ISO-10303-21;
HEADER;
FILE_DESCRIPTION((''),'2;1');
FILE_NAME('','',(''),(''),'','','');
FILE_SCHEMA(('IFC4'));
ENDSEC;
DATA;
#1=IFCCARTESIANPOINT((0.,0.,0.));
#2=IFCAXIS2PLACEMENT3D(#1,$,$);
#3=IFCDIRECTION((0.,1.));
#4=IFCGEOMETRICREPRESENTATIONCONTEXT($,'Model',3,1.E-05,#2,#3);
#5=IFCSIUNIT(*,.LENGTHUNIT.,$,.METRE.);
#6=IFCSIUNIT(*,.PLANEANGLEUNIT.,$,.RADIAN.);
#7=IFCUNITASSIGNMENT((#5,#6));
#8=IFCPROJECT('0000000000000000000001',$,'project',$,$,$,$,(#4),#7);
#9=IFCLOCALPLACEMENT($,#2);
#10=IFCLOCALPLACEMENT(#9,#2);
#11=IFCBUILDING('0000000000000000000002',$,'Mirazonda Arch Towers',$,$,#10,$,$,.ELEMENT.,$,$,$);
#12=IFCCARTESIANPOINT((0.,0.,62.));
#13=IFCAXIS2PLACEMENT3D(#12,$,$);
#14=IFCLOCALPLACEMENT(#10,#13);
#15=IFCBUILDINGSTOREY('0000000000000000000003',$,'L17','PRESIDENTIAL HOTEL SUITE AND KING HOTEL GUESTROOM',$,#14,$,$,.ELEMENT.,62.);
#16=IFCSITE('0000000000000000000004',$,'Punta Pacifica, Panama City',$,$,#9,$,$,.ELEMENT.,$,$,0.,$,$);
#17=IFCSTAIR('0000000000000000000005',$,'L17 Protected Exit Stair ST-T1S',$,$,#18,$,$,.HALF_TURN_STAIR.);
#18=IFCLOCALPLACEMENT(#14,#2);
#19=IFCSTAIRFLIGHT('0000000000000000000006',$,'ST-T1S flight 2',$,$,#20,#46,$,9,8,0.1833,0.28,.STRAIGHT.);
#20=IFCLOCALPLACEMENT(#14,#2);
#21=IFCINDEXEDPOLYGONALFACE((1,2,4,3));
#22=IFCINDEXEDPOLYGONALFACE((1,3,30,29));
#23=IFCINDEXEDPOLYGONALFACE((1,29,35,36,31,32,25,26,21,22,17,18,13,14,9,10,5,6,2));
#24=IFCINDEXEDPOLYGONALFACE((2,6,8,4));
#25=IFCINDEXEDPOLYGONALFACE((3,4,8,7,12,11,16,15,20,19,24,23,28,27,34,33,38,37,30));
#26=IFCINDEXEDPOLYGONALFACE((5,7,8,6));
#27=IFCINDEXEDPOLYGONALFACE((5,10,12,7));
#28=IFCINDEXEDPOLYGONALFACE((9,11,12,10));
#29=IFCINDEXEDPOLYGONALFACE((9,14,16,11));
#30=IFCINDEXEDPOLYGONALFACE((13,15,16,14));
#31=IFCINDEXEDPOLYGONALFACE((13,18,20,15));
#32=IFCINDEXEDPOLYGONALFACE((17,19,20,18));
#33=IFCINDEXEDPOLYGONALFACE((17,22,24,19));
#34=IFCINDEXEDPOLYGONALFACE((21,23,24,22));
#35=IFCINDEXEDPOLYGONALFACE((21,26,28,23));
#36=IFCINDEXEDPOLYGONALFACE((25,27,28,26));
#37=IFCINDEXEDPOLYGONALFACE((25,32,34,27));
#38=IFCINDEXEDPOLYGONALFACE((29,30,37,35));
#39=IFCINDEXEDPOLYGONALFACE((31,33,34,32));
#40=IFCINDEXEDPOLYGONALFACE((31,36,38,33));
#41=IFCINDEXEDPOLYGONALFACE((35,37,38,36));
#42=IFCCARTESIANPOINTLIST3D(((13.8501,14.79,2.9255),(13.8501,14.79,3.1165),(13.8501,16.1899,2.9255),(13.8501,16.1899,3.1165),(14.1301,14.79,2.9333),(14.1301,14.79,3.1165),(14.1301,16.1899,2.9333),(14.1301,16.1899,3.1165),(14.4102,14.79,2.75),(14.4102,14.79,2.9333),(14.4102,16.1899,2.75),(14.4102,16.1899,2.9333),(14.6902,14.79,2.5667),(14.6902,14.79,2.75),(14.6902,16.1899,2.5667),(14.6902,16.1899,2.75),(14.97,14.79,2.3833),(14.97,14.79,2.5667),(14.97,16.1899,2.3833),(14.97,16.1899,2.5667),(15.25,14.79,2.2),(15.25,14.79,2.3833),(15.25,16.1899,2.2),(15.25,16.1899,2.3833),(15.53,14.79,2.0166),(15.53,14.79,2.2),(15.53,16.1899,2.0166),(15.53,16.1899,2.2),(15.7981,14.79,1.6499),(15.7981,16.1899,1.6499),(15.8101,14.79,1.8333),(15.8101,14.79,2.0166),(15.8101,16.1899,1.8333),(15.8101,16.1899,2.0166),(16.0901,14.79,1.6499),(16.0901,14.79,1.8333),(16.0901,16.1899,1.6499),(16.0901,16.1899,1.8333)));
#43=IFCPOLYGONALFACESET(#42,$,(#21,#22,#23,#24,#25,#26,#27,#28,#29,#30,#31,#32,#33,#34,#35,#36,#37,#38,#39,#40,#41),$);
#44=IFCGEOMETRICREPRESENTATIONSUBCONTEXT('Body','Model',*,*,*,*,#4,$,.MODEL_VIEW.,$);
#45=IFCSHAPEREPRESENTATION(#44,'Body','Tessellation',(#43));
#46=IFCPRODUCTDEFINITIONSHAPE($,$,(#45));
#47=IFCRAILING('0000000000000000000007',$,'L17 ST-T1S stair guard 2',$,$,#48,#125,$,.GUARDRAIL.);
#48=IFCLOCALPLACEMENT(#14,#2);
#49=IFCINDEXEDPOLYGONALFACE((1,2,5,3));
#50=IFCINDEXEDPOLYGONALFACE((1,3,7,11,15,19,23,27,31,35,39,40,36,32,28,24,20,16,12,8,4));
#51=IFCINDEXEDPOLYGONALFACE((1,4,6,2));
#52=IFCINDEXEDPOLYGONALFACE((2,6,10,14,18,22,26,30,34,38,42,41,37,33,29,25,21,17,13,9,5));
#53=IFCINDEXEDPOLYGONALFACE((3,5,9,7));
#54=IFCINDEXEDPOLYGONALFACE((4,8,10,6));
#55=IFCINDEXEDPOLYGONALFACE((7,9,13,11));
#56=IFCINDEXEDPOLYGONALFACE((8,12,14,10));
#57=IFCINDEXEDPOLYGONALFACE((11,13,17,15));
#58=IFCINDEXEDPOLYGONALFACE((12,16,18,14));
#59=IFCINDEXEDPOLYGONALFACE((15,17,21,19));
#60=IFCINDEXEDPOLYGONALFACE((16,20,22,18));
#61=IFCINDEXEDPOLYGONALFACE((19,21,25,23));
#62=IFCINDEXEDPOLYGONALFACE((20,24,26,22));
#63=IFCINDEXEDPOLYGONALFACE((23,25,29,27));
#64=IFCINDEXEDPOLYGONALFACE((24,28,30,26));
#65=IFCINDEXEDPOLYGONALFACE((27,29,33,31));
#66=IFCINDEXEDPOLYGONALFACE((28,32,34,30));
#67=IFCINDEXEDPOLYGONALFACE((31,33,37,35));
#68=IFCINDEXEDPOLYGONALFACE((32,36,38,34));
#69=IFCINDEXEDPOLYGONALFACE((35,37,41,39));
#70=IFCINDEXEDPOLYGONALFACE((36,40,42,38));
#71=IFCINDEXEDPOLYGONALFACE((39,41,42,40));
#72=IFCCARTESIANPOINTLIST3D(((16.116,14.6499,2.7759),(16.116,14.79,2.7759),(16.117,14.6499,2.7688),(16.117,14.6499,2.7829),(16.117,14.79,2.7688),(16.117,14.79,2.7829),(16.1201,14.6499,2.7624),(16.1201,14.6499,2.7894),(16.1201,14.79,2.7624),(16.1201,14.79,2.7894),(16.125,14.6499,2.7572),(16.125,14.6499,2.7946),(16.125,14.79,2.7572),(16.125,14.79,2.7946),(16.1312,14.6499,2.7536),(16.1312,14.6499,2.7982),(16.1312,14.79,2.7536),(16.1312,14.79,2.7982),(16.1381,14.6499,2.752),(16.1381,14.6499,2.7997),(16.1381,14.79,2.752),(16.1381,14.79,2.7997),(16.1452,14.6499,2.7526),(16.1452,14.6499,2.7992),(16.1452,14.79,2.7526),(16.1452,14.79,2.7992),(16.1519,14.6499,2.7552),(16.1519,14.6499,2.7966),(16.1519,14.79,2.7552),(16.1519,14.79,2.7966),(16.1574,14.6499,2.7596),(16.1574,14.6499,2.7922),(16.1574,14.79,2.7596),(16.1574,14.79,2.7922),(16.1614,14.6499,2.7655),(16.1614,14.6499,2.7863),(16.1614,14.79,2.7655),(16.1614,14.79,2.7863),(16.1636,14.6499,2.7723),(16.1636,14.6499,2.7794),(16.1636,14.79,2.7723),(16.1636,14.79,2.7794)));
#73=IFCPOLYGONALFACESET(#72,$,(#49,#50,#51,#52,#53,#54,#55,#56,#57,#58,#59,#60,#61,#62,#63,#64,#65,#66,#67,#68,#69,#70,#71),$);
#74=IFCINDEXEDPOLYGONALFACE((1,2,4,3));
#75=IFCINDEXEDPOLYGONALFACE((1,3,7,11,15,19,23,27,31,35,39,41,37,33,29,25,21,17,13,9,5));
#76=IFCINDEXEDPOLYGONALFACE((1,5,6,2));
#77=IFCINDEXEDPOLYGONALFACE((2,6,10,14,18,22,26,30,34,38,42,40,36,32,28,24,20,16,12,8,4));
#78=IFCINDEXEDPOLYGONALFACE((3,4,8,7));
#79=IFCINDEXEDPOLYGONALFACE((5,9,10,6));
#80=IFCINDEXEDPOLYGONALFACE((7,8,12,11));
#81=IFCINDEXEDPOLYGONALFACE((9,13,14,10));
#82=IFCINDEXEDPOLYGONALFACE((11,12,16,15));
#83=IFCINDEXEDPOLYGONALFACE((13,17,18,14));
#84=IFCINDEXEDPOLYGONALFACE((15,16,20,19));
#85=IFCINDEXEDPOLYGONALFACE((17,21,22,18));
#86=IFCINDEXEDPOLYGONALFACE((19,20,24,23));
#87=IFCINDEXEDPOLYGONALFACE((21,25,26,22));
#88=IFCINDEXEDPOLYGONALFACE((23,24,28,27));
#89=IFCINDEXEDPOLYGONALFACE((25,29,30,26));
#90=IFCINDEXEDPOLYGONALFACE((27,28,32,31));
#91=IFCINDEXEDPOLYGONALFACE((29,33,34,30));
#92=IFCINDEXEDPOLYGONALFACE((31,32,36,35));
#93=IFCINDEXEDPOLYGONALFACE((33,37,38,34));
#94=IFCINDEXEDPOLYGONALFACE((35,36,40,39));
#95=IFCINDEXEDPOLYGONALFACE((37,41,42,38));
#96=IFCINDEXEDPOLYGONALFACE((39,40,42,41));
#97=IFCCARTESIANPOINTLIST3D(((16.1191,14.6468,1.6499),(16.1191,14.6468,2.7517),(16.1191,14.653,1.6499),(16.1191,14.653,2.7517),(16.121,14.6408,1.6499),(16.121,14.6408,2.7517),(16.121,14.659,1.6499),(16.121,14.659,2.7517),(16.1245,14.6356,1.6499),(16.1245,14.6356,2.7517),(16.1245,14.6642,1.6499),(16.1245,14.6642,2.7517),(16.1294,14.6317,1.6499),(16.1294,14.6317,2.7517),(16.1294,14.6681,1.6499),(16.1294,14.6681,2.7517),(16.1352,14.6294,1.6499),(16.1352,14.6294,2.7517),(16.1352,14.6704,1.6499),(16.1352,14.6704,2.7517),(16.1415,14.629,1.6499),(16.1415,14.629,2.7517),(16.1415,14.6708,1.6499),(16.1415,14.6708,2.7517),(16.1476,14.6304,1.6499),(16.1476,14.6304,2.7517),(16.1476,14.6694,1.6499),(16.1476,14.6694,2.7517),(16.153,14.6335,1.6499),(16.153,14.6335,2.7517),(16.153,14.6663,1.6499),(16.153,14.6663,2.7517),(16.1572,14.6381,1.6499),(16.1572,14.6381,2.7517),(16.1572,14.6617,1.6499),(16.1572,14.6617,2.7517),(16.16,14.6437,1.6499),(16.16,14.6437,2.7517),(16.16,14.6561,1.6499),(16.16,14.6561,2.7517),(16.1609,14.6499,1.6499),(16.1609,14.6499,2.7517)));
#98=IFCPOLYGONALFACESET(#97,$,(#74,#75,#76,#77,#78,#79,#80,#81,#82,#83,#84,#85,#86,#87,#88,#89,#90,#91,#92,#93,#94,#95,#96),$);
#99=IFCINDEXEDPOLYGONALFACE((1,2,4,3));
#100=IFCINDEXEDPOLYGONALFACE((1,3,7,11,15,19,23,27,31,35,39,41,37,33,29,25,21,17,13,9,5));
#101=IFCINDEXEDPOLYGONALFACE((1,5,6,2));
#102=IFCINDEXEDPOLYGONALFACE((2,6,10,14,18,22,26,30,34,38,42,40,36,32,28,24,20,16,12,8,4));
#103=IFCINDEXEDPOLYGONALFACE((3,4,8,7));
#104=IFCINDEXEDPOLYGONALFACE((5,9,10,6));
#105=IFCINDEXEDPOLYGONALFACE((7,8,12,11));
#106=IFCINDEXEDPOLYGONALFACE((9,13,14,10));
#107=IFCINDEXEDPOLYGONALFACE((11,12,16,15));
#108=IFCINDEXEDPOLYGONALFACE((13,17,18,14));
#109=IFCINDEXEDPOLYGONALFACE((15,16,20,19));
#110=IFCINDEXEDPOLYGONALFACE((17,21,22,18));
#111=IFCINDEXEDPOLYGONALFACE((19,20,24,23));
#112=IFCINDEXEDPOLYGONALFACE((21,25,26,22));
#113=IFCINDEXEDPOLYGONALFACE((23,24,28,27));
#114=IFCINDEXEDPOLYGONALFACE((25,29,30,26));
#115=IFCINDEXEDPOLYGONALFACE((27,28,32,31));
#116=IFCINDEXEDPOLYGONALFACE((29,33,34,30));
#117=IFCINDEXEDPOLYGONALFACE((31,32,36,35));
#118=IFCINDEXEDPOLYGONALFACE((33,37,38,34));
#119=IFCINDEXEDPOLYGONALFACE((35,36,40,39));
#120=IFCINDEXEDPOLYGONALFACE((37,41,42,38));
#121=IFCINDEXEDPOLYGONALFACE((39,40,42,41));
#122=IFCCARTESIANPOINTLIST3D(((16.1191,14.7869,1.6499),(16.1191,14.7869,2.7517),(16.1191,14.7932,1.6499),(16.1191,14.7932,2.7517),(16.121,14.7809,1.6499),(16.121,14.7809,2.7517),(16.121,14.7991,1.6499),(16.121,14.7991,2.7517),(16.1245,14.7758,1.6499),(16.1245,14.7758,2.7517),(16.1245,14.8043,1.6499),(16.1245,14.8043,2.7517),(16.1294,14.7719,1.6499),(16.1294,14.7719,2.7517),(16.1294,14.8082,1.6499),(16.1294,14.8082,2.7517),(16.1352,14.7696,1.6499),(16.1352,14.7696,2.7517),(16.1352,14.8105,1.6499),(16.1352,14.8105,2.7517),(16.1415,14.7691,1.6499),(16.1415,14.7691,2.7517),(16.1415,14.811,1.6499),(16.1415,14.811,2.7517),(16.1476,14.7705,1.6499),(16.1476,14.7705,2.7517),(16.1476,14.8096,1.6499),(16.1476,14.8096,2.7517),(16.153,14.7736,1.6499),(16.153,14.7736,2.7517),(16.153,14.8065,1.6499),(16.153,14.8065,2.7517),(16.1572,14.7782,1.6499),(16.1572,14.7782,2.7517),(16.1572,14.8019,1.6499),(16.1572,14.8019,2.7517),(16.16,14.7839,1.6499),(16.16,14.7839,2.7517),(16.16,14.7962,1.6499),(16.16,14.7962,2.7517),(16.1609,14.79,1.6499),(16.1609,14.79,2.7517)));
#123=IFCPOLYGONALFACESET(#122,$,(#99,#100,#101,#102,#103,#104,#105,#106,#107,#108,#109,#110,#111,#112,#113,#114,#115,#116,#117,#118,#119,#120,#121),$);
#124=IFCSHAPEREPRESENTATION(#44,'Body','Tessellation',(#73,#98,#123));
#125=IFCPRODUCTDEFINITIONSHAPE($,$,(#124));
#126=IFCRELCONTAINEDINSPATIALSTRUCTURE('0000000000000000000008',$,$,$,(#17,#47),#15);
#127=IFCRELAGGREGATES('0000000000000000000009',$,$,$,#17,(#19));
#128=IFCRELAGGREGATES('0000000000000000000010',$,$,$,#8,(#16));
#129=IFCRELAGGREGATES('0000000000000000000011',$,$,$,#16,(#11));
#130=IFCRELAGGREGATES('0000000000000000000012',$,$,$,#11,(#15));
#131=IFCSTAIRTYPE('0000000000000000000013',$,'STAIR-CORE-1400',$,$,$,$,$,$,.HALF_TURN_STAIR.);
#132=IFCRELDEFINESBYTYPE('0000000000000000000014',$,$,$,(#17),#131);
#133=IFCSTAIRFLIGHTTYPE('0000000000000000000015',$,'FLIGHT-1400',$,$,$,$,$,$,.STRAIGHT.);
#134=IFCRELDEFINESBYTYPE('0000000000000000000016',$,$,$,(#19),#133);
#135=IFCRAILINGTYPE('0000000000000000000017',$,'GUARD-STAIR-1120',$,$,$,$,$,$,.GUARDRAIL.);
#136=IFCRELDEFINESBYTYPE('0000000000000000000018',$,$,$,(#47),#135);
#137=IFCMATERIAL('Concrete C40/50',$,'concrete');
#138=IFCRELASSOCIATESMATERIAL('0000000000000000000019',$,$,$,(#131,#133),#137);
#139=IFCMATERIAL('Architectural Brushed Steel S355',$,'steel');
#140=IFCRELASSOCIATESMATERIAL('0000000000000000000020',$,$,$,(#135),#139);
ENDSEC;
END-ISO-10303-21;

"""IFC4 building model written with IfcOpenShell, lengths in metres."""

from ifc_helpers import new_model, si_unit, direction, frame, origin, origin_2d, place, context, subcontext, project, spatial, polyline, circle, outline, extrude, material, type_object, element, aggregate, save


model = new_model("IFC4")

# Units and contexts
model_context = context("Model", 3, precision=1e-05, world=origin(), true_north=direction((0.0, 1.0)))
body_context = subcontext(model_context, "Body", "Model", "MODEL_VIEW")
ifc_project = project(units=[si_unit("LENGTHUNIT", "METRE"), si_unit("PLANEANGLEUNIT", "RADIAN")], contexts=[model_context])

# Site, building, storey
site_placement = place(None, origin())
site = spatial("IfcSite", under=ifc_project, at=site_placement, Name="Punta Pacifica, Panama City", CompositionType="ELEMENT", RefElevation=0.0)
building_placement = place(site_placement, origin())
building = spatial("IfcBuilding", under=site, at=building_placement, Name="Mirazonda Arch Towers", CompositionType="ELEMENT")
storey_placement = place(building_placement, frame((0.0, 0.0, 62.0)))
storey = spatial("IfcBuildingStorey", under=building, at=storey_placement, Name="L17", Description="PRESIDENTIAL HOTEL SUITE AND KING HOTEL GUESTROOM", CompositionType="ELEMENT", Elevation=62.0)

# Shared definitions
ifc_material_1 = material(Name="Concrete C40/50", Category="concrete")

# Stair, stair flight
stair_type = type_object("IfcStairType", Name="STAIR-CORE-1400", PredefinedType="HALF_TURN_STAIR", material=ifc_material_1)
stair_placement = place(storey_placement, origin())
stair = element("IfcStair", 1, at=stair_placement, inside=storey, type_object=stair_type, Name="L17 Protected Exit Stair ST-T1S", PredefinedType="HALF_TURN_STAIR")
stair_flight_type = type_object("IfcStairFlightType", Name="FLIGHT-1400", PredefinedType="STRAIGHT", material=ifc_material_1)
stair_flight_placement = place(storey_placement, frame((16.0901, 15.49, 1.6499), z_axis=(0.0, 0.0, 1.0), x_axis=(-1.0, 0.0, 0.0)))
stair_flight = element("IfcStairFlight", 2, at=stair_flight_placement, type_object=stair_flight_type, Name="ST-T1S flight 2", NumberOfRisers=9, NumberOfTreads=8, PredefinedType="STRAIGHT", RiserHeight=0.1833, TreadLength=0.28, context=body_context, shape_type="SweptSolid", body=[
    extrude(outline(polyline([(0.0, 0.0), (0.0, 0.1833), (0.28, 0.1833), (0.28, 0.3667), (0.5601, 0.3667), (0.5601, 0.55), (0.8401, 0.55), (0.8401, 0.7334), (1.1201, 0.7334), (1.1201, 0.9167), (1.3999, 0.9167), (1.3999, 1.1001), (1.6799, 1.1001), (1.6799, 1.2834), (1.96, 1.2834), (1.96, 1.4666), (2.24, 1.4666), (2.24, 1.6499), (2.24, 1.2756), (0.292, 0.0), (0.0, 0.0)])), frame((0.0, 0.7, 0.0), z_axis=(0.0, -1.0, 0.0), x_axis=(1.0, 0.0, 0.0)), (0.0, 0.0, 1.0), 1.3999),
])
aggregate(stair, [stair_flight])

# Railing
ifc_material_2 = material(Name="Architectural Brushed Steel S355", Category="steel")
railing_type_1 = type_object("IfcRailingType", Name="GUARD-STAIR-1120", PredefinedType="GUARDRAIL", material=ifc_material_2)
railing_1_placement = place(storey_placement, frame((16.1399, 14.6499, 1.6499)))
element("IfcRailing", 3, at=railing_1_placement, inside=storey, type_object=railing_type_1, Name="L17 ST-T1S stair guard 2", PredefinedType="GUARDRAIL", context=body_context, shape_type="SweptSolid", body=[
    extrude(circle(Radius=0.0239, at=origin_2d()), frame((0.0, 0.0, 1.126), z_axis=(0.0, 1.0, 0.0), x_axis=(-1.0, 0.0, 0.0)), (0.0, 0.0, 1.0), 0.1401),
    extrude(circle(Radius=0.021, at=origin_2d()), origin(), (0.0, 0.0, 1.0), 1.1018),
    extrude(circle(Radius=0.021, at=origin_2d()), frame((0.0, 0.1401, 0.0)), (0.0, 0.0, 1.0), 1.1018),
])

save(model, "model.ifc")
